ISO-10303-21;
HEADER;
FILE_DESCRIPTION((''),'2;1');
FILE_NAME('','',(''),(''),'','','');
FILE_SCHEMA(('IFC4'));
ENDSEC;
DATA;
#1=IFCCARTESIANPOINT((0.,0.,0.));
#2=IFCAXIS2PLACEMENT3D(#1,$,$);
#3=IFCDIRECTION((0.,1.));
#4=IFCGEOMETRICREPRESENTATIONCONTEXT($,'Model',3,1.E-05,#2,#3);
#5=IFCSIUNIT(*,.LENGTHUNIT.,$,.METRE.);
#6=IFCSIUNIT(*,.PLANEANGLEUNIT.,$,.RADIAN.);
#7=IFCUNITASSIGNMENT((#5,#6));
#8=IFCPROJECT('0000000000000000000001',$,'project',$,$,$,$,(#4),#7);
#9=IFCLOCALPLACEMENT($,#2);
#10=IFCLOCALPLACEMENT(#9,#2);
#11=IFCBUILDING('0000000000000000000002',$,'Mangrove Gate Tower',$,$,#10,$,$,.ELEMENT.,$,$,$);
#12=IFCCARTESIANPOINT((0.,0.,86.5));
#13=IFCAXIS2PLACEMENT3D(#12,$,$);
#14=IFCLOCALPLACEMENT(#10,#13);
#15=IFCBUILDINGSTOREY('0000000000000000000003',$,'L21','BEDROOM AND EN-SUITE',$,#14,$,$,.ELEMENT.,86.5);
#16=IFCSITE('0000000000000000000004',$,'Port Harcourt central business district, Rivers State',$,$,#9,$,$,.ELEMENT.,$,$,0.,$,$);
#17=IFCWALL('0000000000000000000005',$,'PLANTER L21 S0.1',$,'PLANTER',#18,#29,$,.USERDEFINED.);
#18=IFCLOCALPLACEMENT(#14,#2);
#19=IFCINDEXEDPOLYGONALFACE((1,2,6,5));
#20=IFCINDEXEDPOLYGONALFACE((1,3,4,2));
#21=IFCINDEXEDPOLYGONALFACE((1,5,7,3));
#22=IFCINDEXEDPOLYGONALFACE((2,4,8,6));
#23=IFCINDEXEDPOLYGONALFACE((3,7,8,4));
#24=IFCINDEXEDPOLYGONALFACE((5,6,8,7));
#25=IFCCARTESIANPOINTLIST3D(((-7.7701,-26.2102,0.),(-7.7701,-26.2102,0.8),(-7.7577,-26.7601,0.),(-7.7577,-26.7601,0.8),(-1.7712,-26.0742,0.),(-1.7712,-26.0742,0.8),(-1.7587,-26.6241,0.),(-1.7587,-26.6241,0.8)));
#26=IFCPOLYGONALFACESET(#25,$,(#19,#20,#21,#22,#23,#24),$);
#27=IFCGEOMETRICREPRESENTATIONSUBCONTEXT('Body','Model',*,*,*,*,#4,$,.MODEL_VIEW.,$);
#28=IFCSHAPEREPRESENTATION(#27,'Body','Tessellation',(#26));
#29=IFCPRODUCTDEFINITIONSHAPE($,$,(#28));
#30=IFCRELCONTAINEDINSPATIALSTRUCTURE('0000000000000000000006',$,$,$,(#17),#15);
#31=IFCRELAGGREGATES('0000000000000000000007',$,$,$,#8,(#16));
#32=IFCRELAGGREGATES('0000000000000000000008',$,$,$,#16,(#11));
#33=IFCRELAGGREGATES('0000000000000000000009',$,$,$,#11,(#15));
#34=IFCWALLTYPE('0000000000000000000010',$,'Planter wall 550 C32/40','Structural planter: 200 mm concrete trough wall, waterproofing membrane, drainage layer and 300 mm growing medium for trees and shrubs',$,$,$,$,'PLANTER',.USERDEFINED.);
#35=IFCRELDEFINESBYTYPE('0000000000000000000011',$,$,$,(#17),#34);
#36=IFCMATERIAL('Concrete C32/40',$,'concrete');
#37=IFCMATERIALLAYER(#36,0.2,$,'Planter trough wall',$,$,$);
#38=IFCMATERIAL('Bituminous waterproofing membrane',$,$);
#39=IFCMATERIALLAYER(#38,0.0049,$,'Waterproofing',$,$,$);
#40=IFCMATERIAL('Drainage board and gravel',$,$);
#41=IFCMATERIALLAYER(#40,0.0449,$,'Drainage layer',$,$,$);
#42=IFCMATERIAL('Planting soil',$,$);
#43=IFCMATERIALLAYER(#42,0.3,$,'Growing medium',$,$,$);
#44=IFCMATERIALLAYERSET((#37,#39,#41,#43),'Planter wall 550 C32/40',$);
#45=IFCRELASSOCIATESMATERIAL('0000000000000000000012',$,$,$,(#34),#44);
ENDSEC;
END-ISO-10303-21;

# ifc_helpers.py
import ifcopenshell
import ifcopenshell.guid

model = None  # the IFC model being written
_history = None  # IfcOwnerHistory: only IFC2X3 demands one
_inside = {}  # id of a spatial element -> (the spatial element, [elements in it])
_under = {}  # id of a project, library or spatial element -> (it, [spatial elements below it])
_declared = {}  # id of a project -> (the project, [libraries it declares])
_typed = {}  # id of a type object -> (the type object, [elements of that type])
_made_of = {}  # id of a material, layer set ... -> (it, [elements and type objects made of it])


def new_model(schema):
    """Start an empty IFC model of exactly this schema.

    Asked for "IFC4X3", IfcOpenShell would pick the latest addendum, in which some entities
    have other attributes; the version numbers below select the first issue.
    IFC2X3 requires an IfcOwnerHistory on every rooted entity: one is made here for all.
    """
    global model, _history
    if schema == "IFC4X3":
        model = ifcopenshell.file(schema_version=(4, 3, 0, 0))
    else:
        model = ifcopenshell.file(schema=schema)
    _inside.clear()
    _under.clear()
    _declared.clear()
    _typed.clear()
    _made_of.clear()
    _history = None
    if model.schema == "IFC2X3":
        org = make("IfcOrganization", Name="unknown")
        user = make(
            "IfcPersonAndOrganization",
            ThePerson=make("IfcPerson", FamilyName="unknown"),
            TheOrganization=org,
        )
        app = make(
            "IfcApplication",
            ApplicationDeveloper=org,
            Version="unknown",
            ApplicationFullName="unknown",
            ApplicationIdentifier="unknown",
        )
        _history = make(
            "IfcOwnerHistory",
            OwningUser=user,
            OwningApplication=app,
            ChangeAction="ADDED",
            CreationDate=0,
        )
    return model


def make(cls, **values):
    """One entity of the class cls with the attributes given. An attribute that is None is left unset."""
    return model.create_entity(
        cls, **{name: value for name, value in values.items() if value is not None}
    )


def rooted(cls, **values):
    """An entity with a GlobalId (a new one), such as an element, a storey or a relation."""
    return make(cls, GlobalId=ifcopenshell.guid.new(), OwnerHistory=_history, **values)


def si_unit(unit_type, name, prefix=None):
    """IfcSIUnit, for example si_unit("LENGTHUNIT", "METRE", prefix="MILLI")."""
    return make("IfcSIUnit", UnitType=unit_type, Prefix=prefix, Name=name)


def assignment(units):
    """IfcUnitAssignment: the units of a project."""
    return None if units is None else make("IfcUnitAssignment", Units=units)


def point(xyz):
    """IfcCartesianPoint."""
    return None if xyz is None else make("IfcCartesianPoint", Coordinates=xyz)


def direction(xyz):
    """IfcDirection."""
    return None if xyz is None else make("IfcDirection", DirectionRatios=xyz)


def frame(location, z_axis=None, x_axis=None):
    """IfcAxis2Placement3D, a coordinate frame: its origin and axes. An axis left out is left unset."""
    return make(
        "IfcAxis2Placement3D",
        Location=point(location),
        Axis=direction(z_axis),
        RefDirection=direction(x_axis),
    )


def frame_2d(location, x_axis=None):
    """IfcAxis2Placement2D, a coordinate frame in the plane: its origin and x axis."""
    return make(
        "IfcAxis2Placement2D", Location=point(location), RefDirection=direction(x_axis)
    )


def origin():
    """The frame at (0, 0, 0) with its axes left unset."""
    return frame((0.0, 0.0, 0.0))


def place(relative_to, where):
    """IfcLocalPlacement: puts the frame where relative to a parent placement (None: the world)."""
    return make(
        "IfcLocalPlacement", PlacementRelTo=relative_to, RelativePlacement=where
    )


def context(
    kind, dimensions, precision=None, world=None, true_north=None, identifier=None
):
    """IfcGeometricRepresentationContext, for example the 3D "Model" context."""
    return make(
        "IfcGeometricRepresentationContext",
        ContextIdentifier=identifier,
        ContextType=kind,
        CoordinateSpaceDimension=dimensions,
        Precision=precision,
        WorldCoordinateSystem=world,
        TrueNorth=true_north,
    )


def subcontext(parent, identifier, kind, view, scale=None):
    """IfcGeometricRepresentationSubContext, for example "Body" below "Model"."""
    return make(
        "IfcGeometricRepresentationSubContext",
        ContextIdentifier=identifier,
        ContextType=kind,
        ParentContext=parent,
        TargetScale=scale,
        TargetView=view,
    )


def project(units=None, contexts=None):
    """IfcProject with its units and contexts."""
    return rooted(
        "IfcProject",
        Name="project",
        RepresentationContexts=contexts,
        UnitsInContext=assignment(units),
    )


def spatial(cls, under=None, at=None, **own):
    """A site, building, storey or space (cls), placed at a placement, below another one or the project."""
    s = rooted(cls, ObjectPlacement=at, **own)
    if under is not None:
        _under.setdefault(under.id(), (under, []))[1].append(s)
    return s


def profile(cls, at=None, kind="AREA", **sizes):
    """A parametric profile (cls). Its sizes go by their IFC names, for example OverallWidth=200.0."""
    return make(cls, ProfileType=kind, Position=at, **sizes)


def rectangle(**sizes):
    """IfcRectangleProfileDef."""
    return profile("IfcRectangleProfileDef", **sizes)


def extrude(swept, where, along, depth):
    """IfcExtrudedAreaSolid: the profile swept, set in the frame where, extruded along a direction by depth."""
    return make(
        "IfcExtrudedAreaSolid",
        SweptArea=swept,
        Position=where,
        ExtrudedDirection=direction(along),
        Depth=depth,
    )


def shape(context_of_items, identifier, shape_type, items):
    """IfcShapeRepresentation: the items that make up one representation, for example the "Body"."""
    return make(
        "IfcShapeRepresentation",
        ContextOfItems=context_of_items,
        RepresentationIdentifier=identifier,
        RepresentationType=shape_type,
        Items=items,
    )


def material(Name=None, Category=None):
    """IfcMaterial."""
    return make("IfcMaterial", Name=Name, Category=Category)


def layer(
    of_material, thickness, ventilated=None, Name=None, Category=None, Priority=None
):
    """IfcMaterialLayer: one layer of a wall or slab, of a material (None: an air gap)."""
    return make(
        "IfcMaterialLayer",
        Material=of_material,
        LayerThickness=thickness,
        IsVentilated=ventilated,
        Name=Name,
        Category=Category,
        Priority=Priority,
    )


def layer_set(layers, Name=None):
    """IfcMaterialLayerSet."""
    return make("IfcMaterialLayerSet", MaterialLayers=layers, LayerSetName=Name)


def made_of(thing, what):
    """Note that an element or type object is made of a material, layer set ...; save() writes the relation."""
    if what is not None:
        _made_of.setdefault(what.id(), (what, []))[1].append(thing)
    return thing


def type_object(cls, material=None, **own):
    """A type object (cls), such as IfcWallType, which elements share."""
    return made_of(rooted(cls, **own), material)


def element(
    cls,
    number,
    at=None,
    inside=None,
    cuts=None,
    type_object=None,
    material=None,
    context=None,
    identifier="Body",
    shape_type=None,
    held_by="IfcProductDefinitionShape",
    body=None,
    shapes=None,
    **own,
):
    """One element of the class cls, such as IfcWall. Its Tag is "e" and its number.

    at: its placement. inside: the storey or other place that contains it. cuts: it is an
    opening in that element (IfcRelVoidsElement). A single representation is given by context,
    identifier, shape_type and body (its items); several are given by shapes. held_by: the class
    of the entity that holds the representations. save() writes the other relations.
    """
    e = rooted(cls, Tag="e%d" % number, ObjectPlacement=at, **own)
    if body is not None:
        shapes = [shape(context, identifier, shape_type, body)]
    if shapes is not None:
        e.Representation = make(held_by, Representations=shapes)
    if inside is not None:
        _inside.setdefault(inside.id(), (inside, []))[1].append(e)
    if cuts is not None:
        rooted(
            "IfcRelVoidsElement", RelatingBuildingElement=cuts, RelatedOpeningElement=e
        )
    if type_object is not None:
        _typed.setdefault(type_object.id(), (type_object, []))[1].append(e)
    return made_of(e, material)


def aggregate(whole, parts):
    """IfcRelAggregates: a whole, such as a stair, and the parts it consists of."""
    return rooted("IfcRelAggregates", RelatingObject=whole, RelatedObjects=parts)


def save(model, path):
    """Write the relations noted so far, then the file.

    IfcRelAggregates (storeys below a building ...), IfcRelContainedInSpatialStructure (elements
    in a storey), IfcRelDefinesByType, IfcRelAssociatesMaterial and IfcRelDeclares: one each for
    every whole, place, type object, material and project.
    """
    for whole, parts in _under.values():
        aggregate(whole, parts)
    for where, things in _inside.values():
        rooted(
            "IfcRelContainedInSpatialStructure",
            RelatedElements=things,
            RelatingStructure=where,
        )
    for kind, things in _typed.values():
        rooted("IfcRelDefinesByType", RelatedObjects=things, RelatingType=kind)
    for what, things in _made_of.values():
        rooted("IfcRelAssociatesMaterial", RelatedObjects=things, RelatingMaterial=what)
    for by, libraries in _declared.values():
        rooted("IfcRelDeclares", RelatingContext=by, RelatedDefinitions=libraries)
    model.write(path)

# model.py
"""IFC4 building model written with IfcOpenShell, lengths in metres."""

from ifc_helpers import new_model, si_unit, direction, frame, frame_2d, origin, place, context, subcontext, project, spatial, rectangle, extrude, material, layer, layer_set, type_object, element, save


model = new_model("IFC4")

# Units and contexts
model_context = context("Model", 3, precision=1e-05, world=origin(), true_north=direction((0.0, 1.0)))
body_context = subcontext(model_context, "Body", "Model", "MODEL_VIEW")
ifc_project = project(units=[si_unit("LENGTHUNIT", "METRE"), si_unit("PLANEANGLEUNIT", "RADIAN")], contexts=[model_context])

# Site, building, storey
site_placement = place(None, origin())
site = spatial("IfcSite", under=ifc_project, at=site_placement, Name="Port Harcourt central business district, Rivers State", CompositionType="ELEMENT", RefElevation=0.0)
building_placement = place(site_placement, origin())
building = spatial("IfcBuilding", under=site, at=building_placement, Name="Mangrove Gate Tower", CompositionType="ELEMENT")
storey_placement = place(building_placement, frame((0.0, 0.0, 86.5)))
storey = spatial("IfcBuildingStorey", under=building, at=storey_placement, Name="L21", Description="BEDROOM AND EN-SUITE", CompositionType="ELEMENT", Elevation=86.5)

# Wall
ifc_material_1 = material(Name="Concrete C32/40", Category="concrete")
ifc_layer_1 = layer(ifc_material_1, 0.2, Name="Planter trough wall")
ifc_material_2 = material(Name="Bituminous waterproofing membrane")
ifc_layer_2 = layer(ifc_material_2, 0.0049, Name="Waterproofing")
ifc_material_3 = material(Name="Drainage board and gravel")
ifc_layer_3 = layer(ifc_material_3, 0.0449, Name="Drainage layer")
ifc_material_4 = material(Name="Planting soil")
ifc_layer_4 = layer(ifc_material_4, 0.3, Name="Growing medium")
ifc_layer_set_1 = layer_set([ifc_layer_1, ifc_layer_2, ifc_layer_3, ifc_layer_4], Name="Planter wall 550 C32/40")
wall_type_1 = type_object("IfcWallType", Name="Planter wall 550 C32/40", Description="Structural planter: 200 mm concrete trough wall, waterproofing membrane, drainage layer and 300 mm growing medium for trees and shrubs", ElementType="PLANTER", PredefinedType="USERDEFINED", material=ifc_layer_set_1)
wall_1_placement = place(storey_placement, frame((-7.7639, -26.4851, 0.0), z_axis=(0.0, 0.0, 1.0), x_axis=(0.999743, 0.022662, 0.0)))
element("IfcWall", 1, at=wall_1_placement, inside=storey, type_object=wall_type_1, Name="PLANTER L21 S0.1", ObjectType="PLANTER", PredefinedType="USERDEFINED", context=body_context, shape_type="SweptSolid", body=[
    extrude(rectangle(XDim=6.0005, YDim=0.55, at=frame_2d((3.0002, 0.0))), origin(), (0.0, 0.0, 1.0), 0.8),
])

save(model, "model.ifc")
